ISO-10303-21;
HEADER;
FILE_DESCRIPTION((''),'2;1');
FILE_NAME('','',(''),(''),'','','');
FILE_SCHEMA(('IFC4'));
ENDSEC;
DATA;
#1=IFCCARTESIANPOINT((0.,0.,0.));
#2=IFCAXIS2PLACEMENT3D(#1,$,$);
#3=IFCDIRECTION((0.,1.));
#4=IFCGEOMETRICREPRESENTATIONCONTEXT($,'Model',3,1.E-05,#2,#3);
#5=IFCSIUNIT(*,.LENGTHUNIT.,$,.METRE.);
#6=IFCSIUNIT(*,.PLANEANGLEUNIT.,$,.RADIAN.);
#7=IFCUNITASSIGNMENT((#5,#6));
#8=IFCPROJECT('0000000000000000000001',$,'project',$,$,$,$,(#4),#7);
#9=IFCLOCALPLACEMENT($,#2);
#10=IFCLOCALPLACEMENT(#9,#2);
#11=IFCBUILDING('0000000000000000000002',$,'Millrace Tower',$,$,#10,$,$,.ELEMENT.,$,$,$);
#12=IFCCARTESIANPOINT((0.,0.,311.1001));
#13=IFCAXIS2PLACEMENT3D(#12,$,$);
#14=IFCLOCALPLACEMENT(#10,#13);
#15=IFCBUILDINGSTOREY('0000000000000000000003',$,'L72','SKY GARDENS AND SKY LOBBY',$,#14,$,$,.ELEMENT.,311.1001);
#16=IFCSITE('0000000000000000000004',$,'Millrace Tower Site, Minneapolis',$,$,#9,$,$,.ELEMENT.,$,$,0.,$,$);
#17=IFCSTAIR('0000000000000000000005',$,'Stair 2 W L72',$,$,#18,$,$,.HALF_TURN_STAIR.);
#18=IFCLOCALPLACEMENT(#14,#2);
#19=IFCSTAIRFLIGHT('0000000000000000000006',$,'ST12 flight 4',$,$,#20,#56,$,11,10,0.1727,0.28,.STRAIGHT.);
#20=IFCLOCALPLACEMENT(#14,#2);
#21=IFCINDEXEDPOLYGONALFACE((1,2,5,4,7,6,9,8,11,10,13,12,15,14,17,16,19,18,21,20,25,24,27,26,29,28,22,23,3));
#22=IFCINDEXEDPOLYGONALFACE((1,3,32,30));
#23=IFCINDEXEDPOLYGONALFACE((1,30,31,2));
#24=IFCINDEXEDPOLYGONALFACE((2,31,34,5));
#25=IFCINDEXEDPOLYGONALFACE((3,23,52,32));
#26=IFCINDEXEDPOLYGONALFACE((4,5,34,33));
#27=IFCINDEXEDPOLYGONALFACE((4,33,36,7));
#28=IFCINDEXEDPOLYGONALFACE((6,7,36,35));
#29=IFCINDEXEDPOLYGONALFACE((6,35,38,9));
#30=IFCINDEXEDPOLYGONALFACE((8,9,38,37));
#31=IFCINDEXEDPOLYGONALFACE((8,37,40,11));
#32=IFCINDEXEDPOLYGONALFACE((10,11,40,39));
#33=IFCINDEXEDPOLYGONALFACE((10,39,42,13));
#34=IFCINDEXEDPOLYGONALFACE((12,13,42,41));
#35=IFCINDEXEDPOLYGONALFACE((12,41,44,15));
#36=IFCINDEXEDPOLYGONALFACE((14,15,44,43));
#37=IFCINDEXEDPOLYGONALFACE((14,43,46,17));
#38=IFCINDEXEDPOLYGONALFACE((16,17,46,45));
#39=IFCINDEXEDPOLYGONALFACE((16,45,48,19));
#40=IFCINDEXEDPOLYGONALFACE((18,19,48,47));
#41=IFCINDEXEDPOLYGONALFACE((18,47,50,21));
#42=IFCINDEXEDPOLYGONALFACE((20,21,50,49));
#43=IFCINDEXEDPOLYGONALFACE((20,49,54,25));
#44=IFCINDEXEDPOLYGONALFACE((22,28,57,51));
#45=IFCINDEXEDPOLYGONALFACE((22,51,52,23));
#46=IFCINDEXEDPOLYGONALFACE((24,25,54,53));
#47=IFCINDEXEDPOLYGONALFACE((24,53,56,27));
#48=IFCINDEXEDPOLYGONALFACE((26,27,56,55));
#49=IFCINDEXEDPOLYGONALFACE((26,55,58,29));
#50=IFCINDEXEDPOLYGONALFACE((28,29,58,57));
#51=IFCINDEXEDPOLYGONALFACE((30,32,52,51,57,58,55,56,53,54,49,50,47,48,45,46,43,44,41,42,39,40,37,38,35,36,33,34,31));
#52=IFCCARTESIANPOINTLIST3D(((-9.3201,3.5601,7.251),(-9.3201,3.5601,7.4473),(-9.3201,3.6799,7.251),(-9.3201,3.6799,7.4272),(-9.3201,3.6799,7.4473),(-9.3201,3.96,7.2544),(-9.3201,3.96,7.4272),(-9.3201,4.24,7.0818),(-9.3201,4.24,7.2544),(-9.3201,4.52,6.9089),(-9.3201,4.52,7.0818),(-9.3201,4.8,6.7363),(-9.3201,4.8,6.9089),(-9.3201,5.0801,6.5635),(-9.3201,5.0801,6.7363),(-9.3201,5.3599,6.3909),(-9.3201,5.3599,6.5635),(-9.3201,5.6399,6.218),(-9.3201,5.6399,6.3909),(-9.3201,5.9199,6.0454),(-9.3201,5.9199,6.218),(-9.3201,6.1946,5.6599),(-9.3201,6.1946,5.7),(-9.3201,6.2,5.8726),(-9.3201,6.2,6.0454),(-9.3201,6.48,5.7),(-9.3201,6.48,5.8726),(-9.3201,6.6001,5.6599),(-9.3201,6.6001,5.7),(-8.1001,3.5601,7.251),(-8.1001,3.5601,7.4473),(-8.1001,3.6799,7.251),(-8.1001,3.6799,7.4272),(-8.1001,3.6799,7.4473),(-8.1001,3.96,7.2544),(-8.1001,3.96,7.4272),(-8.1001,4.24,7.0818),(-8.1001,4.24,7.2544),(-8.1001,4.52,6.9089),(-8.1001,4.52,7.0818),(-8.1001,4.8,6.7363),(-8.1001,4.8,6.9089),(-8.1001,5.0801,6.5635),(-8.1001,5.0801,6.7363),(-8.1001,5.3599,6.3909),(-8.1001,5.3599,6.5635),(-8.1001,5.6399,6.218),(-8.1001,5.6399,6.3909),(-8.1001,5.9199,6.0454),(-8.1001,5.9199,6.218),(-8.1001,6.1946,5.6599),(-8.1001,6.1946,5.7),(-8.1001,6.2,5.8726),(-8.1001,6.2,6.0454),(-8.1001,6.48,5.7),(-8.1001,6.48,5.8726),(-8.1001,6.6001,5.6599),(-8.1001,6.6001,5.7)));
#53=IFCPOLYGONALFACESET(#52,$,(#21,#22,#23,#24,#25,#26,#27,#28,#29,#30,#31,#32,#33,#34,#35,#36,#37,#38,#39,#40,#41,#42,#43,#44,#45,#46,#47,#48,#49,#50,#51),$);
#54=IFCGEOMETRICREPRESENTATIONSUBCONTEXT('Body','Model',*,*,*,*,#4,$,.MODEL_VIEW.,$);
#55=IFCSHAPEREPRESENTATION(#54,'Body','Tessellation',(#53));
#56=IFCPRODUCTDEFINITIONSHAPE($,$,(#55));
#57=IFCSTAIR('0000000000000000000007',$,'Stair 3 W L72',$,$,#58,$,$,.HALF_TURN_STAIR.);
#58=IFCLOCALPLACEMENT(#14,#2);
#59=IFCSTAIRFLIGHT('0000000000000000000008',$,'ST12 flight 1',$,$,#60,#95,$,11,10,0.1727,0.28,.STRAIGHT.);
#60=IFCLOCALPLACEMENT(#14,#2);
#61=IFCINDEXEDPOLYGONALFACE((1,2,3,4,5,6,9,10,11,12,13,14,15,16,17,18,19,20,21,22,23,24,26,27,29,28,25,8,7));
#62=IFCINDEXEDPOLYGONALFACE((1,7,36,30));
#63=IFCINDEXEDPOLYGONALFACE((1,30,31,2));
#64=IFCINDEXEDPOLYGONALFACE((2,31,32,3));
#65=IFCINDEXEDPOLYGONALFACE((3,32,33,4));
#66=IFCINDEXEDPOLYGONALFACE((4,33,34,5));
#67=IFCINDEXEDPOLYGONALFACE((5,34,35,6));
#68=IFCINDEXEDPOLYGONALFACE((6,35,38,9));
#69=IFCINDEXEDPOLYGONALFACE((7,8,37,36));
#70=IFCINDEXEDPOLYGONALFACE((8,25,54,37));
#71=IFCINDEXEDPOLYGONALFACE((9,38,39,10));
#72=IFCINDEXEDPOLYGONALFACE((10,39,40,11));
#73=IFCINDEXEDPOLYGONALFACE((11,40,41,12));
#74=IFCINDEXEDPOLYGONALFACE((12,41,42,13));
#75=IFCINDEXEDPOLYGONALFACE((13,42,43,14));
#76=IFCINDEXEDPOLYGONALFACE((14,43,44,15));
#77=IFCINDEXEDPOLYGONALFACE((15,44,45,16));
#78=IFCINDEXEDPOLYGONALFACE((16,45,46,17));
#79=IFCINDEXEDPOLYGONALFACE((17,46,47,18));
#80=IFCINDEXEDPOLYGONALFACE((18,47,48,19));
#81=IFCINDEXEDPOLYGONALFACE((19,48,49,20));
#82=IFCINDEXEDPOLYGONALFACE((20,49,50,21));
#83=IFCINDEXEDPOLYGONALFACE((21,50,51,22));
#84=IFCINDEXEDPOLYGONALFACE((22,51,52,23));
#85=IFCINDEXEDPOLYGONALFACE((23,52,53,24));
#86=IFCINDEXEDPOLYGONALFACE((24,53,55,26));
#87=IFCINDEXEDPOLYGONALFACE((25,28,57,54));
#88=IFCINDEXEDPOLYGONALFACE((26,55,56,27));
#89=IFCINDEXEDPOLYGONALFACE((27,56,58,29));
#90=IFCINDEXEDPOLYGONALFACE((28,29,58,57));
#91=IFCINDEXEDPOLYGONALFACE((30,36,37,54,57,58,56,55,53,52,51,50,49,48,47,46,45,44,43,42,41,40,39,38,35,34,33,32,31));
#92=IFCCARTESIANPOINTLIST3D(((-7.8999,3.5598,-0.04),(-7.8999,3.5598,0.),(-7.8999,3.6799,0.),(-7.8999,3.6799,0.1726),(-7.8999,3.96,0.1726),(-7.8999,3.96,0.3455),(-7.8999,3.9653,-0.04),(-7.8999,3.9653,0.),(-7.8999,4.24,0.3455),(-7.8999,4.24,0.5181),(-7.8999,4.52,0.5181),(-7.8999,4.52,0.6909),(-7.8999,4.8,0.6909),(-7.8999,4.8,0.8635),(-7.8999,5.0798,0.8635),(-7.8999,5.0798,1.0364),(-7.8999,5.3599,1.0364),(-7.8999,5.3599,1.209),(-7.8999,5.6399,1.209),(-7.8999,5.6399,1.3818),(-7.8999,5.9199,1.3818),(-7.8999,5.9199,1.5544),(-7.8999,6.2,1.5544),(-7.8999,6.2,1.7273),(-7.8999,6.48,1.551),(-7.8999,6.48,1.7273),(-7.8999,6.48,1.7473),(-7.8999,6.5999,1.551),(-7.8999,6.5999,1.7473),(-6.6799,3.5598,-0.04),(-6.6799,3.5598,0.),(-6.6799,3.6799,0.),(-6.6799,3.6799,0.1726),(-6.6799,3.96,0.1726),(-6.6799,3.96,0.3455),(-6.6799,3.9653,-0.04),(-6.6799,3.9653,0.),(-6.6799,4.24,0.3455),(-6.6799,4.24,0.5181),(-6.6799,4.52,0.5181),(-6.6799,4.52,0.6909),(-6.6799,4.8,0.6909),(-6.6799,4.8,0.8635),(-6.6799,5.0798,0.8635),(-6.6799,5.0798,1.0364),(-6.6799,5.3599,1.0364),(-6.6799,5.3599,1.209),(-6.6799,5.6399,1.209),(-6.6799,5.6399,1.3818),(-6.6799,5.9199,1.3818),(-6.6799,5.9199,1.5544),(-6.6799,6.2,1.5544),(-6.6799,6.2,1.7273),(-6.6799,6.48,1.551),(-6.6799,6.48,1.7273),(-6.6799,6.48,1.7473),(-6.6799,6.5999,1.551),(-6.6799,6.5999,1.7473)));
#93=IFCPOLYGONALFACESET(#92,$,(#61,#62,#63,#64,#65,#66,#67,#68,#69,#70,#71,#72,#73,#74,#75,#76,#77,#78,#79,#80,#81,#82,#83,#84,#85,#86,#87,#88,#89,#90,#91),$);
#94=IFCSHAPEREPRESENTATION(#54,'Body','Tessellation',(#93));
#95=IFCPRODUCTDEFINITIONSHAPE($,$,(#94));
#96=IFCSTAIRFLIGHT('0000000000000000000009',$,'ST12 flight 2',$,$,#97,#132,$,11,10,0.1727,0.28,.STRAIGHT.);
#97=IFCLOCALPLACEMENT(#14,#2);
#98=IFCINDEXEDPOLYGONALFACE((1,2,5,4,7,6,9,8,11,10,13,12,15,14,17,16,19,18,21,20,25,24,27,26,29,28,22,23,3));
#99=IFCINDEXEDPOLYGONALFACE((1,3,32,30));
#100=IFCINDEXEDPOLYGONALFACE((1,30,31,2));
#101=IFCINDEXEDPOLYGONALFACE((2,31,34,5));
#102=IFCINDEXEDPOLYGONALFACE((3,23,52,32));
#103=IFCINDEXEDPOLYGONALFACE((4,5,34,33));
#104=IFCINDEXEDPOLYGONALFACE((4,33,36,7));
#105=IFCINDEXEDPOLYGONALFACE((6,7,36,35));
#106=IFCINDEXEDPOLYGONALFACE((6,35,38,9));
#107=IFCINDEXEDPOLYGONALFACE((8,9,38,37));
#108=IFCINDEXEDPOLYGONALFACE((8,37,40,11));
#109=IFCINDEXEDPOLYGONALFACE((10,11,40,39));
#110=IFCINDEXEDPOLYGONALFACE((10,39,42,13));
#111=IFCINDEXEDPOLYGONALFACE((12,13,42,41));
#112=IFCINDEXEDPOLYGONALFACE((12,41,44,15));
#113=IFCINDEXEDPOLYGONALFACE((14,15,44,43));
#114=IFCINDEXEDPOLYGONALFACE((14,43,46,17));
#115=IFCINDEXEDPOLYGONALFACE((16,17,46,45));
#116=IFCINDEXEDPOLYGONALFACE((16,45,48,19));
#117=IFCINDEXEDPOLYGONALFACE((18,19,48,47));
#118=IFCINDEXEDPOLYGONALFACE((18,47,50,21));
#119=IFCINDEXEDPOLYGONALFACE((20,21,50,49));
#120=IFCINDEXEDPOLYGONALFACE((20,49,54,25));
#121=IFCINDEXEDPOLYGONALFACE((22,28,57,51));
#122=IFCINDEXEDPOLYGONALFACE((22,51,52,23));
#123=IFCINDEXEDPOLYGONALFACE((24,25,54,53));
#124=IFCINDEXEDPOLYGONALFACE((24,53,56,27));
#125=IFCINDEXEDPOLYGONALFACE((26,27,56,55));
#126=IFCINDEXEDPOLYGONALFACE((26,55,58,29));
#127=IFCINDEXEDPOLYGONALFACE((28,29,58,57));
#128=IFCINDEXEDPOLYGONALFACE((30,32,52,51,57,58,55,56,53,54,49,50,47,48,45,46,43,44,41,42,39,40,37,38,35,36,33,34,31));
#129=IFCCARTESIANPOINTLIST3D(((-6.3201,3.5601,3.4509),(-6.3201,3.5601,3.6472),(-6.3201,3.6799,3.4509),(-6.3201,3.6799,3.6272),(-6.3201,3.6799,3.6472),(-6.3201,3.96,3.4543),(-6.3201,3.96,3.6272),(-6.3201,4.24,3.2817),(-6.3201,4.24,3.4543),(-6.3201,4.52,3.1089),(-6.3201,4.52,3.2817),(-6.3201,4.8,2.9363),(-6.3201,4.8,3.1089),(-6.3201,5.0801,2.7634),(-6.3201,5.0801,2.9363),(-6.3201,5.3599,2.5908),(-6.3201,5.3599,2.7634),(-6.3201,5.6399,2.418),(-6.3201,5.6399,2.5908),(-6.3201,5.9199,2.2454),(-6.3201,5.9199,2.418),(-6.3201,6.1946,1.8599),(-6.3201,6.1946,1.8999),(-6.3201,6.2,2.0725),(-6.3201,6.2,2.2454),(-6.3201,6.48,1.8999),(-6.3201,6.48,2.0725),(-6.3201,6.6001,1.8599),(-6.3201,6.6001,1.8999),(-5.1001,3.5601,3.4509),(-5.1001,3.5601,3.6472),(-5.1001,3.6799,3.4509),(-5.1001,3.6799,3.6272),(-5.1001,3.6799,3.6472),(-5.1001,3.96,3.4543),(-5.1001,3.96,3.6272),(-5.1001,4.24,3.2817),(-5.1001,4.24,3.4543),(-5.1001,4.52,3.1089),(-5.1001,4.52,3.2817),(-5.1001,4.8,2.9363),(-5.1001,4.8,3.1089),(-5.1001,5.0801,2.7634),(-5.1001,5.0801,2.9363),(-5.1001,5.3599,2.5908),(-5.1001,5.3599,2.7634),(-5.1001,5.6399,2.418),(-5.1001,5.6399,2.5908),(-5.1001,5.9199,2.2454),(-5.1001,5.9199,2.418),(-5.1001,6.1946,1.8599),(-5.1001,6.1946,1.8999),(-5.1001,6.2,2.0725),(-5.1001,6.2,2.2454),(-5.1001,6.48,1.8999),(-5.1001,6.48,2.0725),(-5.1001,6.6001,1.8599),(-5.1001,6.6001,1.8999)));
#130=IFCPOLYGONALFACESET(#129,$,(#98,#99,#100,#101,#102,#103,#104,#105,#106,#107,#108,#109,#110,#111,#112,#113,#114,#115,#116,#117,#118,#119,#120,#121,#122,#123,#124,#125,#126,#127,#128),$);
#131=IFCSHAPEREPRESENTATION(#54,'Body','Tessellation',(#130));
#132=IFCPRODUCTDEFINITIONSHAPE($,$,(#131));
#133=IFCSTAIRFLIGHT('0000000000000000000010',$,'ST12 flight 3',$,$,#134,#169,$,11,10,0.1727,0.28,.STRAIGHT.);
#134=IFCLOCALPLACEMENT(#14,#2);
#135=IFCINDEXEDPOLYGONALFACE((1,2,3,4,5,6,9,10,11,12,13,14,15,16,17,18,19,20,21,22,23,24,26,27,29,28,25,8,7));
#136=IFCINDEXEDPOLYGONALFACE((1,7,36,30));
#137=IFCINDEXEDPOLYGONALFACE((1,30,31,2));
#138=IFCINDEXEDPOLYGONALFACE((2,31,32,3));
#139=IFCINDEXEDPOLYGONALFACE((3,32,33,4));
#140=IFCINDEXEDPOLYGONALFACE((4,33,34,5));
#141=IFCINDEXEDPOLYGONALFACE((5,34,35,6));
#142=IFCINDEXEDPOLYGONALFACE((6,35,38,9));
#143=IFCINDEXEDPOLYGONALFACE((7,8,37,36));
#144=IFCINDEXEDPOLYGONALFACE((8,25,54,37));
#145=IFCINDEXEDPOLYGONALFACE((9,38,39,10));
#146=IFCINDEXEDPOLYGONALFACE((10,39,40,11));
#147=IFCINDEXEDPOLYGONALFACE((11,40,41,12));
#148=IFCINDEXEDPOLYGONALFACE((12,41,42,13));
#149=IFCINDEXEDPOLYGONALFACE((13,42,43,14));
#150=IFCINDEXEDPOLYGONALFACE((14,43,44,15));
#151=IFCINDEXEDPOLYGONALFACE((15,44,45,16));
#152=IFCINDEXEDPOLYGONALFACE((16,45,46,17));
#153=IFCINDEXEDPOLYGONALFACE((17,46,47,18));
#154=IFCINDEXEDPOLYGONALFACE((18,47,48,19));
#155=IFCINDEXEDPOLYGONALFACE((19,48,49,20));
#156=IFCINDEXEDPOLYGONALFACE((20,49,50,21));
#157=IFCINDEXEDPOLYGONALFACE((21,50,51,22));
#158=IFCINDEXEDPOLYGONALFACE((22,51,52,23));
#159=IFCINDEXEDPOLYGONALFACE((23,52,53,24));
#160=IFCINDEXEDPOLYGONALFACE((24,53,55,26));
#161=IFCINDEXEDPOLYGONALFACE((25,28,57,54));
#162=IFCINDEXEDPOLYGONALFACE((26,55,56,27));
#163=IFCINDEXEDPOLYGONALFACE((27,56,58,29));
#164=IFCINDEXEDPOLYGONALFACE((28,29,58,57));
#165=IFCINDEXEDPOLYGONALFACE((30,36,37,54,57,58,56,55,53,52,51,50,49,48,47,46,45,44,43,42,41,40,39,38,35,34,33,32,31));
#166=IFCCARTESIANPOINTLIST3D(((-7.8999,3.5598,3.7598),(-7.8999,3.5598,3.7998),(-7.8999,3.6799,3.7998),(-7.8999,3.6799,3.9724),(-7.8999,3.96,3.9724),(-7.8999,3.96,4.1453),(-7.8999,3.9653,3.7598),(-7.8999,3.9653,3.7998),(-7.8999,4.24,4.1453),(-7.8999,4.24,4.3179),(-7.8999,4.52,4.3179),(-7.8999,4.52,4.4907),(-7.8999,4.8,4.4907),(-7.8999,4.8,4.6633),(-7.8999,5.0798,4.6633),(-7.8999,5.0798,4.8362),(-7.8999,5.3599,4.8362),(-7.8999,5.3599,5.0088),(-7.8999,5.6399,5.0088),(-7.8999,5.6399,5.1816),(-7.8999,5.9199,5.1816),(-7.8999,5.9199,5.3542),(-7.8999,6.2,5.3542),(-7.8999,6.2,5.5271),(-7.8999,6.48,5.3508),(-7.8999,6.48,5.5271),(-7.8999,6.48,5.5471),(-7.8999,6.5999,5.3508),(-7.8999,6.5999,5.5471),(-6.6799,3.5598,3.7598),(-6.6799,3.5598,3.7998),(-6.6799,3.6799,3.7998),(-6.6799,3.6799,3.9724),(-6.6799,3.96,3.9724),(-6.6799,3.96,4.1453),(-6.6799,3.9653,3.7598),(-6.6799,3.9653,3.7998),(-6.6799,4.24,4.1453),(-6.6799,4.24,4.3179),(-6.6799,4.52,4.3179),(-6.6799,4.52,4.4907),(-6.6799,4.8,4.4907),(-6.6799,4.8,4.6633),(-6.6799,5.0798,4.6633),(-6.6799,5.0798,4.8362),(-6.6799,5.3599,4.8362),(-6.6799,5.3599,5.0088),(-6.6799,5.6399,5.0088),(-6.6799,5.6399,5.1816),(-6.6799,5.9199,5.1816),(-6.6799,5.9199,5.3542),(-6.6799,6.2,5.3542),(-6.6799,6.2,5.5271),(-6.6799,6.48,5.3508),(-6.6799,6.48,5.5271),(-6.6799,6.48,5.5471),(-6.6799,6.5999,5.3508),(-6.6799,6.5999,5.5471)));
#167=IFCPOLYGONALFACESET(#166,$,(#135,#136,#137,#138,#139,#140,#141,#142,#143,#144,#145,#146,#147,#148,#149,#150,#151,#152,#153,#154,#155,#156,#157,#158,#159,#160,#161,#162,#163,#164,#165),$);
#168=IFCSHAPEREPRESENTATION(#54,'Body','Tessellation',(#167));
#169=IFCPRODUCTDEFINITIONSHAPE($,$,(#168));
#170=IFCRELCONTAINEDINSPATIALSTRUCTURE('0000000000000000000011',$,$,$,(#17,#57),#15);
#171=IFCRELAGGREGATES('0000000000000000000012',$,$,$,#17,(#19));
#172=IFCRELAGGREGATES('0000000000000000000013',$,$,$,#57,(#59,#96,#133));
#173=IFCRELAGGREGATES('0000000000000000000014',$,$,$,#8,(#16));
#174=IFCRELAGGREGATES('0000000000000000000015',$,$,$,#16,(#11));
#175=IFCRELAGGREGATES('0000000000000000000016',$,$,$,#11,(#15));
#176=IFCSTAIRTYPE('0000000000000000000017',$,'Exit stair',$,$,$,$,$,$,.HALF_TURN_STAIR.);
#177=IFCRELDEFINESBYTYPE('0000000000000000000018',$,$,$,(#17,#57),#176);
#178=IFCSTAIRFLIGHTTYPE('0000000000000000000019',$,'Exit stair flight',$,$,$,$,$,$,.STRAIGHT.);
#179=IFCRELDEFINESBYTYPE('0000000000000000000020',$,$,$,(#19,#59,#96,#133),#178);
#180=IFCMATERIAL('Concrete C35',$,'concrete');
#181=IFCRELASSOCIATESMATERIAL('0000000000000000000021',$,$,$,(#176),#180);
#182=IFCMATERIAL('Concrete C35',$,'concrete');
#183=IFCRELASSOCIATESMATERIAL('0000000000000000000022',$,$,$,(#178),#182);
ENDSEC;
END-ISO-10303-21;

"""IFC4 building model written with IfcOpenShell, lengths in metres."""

from ifc_helpers import new_model, si_unit, direction, frame, origin, place, context, subcontext, project, spatial, polyline, outline, extrude, material, type_object, element, aggregate, save


model = new_model("IFC4")

# Units and contexts
model_context = context("Model", 3, precision=1e-05, world=origin(), true_north=direction((0.0, 1.0)))
body_context = subcontext(model_context, "Body", "Model", "MODEL_VIEW")
ifc_project = project(units=[si_unit("LENGTHUNIT", "METRE"), si_unit("PLANEANGLEUNIT", "RADIAN")], contexts=[model_context])

# Site, building, storey
site_placement = place(None, origin())
site = spatial("IfcSite", under=ifc_project, at=site_placement, Name="Millrace Tower Site, Minneapolis", CompositionType="ELEMENT", RefElevation=0.0)
building_placement = place(site_placement, origin())
building = spatial("IfcBuilding", under=site, at=building_placement, Name="Millrace Tower", CompositionType="ELEMENT")
storey_placement = place(building_placement, frame((0.0, 0.0, 311.1001)))
storey = spatial("IfcBuildingStorey", under=building, at=storey_placement, Name="L72", Description="SKY GARDENS AND SKY LOBBY", CompositionType="ELEMENT", Elevation=311.1001)

# Stairs, stair flights
ifc_material_1 = material(Name="Concrete C35", Category="concrete")
stair_type = type_object("IfcStairType", Name="Exit stair", PredefinedType="HALF_TURN_STAIR", material=ifc_material_1)
placement_1 = place(storey_placement, origin())
stair_1 = element("IfcStair", 1, at=placement_1, inside=storey, type_object=stair_type, Name="Stair 2 W L72", PredefinedType="HALF_TURN_STAIR")
ifc_material_2 = material(Name="Concrete C35", Category="concrete")
stair_flight_type = type_object("IfcStairFlightType", Name="Exit stair flight", PredefinedType="STRAIGHT", material=ifc_material_2)
stair_flight_1_placement = place(storey_placement, frame((-8.71, 6.48, 5.7), z_axis=(0.0, 0.0, 1.0), x_axis=(0.0, -1.0, 0.0)))
stair_flight_1 = element("IfcStairFlight", 2, at=stair_flight_1_placement, type_object=stair_flight_type, Name="ST12 flight 4", NumberOfRisers=11, NumberOfTreads=10, PredefinedType="STRAIGHT", RiserHeight=0.1727, TreadLength=0.28, context=body_context, shape_type="SweptSolid", body=[
    extrude(outline(polyline([(-0.1201, -0.04), (-0.1201, 0.0), (0.0, 0.0), (0.0, 0.1726), (0.28, 0.1726), (0.28, 0.3455), (0.5601, 0.3455), (0.5601, 0.5181), (0.8401, 0.5181), (0.8401, 0.6909), (1.1201, 0.6909), (1.1201, 0.8635), (1.3999, 0.8635), (1.3999, 1.0364), (1.6799, 1.0364), (1.6799, 1.209), (1.96, 1.209), (1.96, 1.3818), (2.24, 1.3818), (2.24, 1.5544), (2.52, 1.5544), (2.52, 1.7273), (2.8, 1.7273), (2.8, 1.7473), (2.9199, 1.7473), (2.9199, 1.551), (2.8, 1.551), (0.2854, 0.0), (0.2854, -0.04), (-0.1201, -0.04)])), frame((0.0, 0.6099, 0.0), z_axis=(0.0, -1.0, 0.0), x_axis=(1.0, 0.0, 0.0)), (0.0, 0.0, 1.0), 1.22),
])
aggregate(stair_1, [stair_flight_1])
stair_2 = element("IfcStair", 3, at=placement_1, inside=storey, type_object=stair_type, Name="Stair 3 W L72", PredefinedType="HALF_TURN_STAIR")
stair_flight_2_placement = place(storey_placement, frame((-7.29, 3.6799, 0.0), z_axis=(0.0, 0.0, 1.0), x_axis=(0.0, 1.0, 0.0)))
stair_flight_2 = element("IfcStairFlight", 4, at=stair_flight_2_placement, type_object=stair_flight_type, Name="ST12 flight 1", NumberOfRisers=11, NumberOfTreads=10, PredefinedType="STRAIGHT", RiserHeight=0.1727, TreadLength=0.28, context=body_context, shape_type="SweptSolid", body=[
    extrude(outline(polyline([(-0.1201, -0.04), (-0.1201, 0.0), (0.0, 0.0), (0.0, 0.1726), (0.28, 0.1726), (0.28, 0.3455), (0.5601, 0.3455), (0.5601, 0.5181), (0.8401, 0.5181), (0.8401, 0.6909), (1.1201, 0.6909), (1.1201, 0.8635), (1.3999, 0.8635), (1.3999, 1.0364), (1.6799, 1.0364), (1.6799, 1.209), (1.96, 1.209), (1.96, 1.3818), (2.24, 1.3818), (2.24, 1.5544), (2.52, 1.5544), (2.52, 1.7273), (2.8, 1.7273), (2.8, 1.7473), (2.9199, 1.7473), (2.9199, 1.551), (2.8, 1.551), (0.2854, 0.0), (0.2854, -0.04), (-0.1201, -0.04)])), frame((0.0, 0.6099, 0.0), z_axis=(0.0, -1.0, 0.0), x_axis=(1.0, 0.0, 0.0)), (0.0, 0.0, 1.0), 1.22),
])
stair_flight_3_placement = place(storey_placement, frame((-5.71, 6.48, 1.8999), z_axis=(0.0, 0.0, 1.0), x_axis=(0.0, -1.0, 0.0)))
stair_flight_3 = element("IfcStairFlight", 5, at=stair_flight_3_placement, type_object=stair_flight_type, Name="ST12 flight 2", NumberOfRisers=11, NumberOfTreads=10, PredefinedType="STRAIGHT", RiserHeight=0.1727, TreadLength=0.28, context=body_context, shape_type="SweptSolid", body=[
    extrude(outline(polyline([(-0.1201, -0.04), (-0.1201, 0.0), (0.0, 0.0), (0.0, 0.1726), (0.28, 0.1726), (0.28, 0.3455), (0.5601, 0.3455), (0.5601, 0.5181), (0.8401, 0.5181), (0.8401, 0.6909), (1.1201, 0.6909), (1.1201, 0.8635), (1.3999, 0.8635), (1.3999, 1.0364), (1.6799, 1.0364), (1.6799, 1.209), (1.96, 1.209), (1.96, 1.3818), (2.24, 1.3818), (2.24, 1.5544), (2.52, 1.5544), (2.52, 1.7273), (2.8, 1.7273), (2.8, 1.7473), (2.9199, 1.7473), (2.9199, 1.551), (2.8, 1.551), (0.2854, 0.0), (0.2854, -0.04), (-0.1201, -0.04)])), frame((0.0, 0.6099, 0.0), z_axis=(0.0, -1.0, 0.0), x_axis=(1.0, 0.0, 0.0)), (0.0, 0.0, 1.0), 1.22),
])
stair_flight_4_placement = place(storey_placement, frame((-7.29, 3.6799, 3.7998), z_axis=(0.0, 0.0, 1.0), x_axis=(0.0, 1.0, 0.0)))
stair_flight_4 = element("IfcStairFlight", 6, at=stair_flight_4_placement, type_object=stair_flight_type, Name="ST12 flight 3", NumberOfRisers=11, NumberOfTreads=10, PredefinedType="STRAIGHT", RiserHeight=0.1727, TreadLength=0.28, context=body_context, shape_type="SweptSolid", body=[
    extrude(outline(polyline([(-0.1201, -0.04), (-0.1201, 0.0), (0.0, 0.0), (0.0, 0.1726), (0.28, 0.1726), (0.28, 0.3455), (0.5601, 0.3455), (0.5601, 0.5181), (0.8401, 0.5181), (0.8401, 0.6909), (1.1201, 0.6909), (1.1201, 0.8635), (1.3999, 0.8635), (1.3999, 1.0364), (1.6799, 1.0364), (1.6799, 1.209), (1.96, 1.209), (1.96, 1.3818), (2.24, 1.3818), (2.24, 1.5544), (2.52, 1.5544), (2.52, 1.7273), (2.8, 1.7273), (2.8, 1.7473), (2.9199, 1.7473), (2.9199, 1.551), (2.8, 1.551), (0.2854, 0.0), (0.2854, -0.04), (-0.1201, -0.04)])), frame((0.0, 0.6099, 0.0), z_axis=(0.0, -1.0, 0.0), x_axis=(1.0, 0.0, 0.0)), (0.0, 0.0, 1.0), 1.22),
])
aggregate(stair_2, [stair_flight_2, stair_flight_3, stair_flight_4])

save(model, "model.ifc")
